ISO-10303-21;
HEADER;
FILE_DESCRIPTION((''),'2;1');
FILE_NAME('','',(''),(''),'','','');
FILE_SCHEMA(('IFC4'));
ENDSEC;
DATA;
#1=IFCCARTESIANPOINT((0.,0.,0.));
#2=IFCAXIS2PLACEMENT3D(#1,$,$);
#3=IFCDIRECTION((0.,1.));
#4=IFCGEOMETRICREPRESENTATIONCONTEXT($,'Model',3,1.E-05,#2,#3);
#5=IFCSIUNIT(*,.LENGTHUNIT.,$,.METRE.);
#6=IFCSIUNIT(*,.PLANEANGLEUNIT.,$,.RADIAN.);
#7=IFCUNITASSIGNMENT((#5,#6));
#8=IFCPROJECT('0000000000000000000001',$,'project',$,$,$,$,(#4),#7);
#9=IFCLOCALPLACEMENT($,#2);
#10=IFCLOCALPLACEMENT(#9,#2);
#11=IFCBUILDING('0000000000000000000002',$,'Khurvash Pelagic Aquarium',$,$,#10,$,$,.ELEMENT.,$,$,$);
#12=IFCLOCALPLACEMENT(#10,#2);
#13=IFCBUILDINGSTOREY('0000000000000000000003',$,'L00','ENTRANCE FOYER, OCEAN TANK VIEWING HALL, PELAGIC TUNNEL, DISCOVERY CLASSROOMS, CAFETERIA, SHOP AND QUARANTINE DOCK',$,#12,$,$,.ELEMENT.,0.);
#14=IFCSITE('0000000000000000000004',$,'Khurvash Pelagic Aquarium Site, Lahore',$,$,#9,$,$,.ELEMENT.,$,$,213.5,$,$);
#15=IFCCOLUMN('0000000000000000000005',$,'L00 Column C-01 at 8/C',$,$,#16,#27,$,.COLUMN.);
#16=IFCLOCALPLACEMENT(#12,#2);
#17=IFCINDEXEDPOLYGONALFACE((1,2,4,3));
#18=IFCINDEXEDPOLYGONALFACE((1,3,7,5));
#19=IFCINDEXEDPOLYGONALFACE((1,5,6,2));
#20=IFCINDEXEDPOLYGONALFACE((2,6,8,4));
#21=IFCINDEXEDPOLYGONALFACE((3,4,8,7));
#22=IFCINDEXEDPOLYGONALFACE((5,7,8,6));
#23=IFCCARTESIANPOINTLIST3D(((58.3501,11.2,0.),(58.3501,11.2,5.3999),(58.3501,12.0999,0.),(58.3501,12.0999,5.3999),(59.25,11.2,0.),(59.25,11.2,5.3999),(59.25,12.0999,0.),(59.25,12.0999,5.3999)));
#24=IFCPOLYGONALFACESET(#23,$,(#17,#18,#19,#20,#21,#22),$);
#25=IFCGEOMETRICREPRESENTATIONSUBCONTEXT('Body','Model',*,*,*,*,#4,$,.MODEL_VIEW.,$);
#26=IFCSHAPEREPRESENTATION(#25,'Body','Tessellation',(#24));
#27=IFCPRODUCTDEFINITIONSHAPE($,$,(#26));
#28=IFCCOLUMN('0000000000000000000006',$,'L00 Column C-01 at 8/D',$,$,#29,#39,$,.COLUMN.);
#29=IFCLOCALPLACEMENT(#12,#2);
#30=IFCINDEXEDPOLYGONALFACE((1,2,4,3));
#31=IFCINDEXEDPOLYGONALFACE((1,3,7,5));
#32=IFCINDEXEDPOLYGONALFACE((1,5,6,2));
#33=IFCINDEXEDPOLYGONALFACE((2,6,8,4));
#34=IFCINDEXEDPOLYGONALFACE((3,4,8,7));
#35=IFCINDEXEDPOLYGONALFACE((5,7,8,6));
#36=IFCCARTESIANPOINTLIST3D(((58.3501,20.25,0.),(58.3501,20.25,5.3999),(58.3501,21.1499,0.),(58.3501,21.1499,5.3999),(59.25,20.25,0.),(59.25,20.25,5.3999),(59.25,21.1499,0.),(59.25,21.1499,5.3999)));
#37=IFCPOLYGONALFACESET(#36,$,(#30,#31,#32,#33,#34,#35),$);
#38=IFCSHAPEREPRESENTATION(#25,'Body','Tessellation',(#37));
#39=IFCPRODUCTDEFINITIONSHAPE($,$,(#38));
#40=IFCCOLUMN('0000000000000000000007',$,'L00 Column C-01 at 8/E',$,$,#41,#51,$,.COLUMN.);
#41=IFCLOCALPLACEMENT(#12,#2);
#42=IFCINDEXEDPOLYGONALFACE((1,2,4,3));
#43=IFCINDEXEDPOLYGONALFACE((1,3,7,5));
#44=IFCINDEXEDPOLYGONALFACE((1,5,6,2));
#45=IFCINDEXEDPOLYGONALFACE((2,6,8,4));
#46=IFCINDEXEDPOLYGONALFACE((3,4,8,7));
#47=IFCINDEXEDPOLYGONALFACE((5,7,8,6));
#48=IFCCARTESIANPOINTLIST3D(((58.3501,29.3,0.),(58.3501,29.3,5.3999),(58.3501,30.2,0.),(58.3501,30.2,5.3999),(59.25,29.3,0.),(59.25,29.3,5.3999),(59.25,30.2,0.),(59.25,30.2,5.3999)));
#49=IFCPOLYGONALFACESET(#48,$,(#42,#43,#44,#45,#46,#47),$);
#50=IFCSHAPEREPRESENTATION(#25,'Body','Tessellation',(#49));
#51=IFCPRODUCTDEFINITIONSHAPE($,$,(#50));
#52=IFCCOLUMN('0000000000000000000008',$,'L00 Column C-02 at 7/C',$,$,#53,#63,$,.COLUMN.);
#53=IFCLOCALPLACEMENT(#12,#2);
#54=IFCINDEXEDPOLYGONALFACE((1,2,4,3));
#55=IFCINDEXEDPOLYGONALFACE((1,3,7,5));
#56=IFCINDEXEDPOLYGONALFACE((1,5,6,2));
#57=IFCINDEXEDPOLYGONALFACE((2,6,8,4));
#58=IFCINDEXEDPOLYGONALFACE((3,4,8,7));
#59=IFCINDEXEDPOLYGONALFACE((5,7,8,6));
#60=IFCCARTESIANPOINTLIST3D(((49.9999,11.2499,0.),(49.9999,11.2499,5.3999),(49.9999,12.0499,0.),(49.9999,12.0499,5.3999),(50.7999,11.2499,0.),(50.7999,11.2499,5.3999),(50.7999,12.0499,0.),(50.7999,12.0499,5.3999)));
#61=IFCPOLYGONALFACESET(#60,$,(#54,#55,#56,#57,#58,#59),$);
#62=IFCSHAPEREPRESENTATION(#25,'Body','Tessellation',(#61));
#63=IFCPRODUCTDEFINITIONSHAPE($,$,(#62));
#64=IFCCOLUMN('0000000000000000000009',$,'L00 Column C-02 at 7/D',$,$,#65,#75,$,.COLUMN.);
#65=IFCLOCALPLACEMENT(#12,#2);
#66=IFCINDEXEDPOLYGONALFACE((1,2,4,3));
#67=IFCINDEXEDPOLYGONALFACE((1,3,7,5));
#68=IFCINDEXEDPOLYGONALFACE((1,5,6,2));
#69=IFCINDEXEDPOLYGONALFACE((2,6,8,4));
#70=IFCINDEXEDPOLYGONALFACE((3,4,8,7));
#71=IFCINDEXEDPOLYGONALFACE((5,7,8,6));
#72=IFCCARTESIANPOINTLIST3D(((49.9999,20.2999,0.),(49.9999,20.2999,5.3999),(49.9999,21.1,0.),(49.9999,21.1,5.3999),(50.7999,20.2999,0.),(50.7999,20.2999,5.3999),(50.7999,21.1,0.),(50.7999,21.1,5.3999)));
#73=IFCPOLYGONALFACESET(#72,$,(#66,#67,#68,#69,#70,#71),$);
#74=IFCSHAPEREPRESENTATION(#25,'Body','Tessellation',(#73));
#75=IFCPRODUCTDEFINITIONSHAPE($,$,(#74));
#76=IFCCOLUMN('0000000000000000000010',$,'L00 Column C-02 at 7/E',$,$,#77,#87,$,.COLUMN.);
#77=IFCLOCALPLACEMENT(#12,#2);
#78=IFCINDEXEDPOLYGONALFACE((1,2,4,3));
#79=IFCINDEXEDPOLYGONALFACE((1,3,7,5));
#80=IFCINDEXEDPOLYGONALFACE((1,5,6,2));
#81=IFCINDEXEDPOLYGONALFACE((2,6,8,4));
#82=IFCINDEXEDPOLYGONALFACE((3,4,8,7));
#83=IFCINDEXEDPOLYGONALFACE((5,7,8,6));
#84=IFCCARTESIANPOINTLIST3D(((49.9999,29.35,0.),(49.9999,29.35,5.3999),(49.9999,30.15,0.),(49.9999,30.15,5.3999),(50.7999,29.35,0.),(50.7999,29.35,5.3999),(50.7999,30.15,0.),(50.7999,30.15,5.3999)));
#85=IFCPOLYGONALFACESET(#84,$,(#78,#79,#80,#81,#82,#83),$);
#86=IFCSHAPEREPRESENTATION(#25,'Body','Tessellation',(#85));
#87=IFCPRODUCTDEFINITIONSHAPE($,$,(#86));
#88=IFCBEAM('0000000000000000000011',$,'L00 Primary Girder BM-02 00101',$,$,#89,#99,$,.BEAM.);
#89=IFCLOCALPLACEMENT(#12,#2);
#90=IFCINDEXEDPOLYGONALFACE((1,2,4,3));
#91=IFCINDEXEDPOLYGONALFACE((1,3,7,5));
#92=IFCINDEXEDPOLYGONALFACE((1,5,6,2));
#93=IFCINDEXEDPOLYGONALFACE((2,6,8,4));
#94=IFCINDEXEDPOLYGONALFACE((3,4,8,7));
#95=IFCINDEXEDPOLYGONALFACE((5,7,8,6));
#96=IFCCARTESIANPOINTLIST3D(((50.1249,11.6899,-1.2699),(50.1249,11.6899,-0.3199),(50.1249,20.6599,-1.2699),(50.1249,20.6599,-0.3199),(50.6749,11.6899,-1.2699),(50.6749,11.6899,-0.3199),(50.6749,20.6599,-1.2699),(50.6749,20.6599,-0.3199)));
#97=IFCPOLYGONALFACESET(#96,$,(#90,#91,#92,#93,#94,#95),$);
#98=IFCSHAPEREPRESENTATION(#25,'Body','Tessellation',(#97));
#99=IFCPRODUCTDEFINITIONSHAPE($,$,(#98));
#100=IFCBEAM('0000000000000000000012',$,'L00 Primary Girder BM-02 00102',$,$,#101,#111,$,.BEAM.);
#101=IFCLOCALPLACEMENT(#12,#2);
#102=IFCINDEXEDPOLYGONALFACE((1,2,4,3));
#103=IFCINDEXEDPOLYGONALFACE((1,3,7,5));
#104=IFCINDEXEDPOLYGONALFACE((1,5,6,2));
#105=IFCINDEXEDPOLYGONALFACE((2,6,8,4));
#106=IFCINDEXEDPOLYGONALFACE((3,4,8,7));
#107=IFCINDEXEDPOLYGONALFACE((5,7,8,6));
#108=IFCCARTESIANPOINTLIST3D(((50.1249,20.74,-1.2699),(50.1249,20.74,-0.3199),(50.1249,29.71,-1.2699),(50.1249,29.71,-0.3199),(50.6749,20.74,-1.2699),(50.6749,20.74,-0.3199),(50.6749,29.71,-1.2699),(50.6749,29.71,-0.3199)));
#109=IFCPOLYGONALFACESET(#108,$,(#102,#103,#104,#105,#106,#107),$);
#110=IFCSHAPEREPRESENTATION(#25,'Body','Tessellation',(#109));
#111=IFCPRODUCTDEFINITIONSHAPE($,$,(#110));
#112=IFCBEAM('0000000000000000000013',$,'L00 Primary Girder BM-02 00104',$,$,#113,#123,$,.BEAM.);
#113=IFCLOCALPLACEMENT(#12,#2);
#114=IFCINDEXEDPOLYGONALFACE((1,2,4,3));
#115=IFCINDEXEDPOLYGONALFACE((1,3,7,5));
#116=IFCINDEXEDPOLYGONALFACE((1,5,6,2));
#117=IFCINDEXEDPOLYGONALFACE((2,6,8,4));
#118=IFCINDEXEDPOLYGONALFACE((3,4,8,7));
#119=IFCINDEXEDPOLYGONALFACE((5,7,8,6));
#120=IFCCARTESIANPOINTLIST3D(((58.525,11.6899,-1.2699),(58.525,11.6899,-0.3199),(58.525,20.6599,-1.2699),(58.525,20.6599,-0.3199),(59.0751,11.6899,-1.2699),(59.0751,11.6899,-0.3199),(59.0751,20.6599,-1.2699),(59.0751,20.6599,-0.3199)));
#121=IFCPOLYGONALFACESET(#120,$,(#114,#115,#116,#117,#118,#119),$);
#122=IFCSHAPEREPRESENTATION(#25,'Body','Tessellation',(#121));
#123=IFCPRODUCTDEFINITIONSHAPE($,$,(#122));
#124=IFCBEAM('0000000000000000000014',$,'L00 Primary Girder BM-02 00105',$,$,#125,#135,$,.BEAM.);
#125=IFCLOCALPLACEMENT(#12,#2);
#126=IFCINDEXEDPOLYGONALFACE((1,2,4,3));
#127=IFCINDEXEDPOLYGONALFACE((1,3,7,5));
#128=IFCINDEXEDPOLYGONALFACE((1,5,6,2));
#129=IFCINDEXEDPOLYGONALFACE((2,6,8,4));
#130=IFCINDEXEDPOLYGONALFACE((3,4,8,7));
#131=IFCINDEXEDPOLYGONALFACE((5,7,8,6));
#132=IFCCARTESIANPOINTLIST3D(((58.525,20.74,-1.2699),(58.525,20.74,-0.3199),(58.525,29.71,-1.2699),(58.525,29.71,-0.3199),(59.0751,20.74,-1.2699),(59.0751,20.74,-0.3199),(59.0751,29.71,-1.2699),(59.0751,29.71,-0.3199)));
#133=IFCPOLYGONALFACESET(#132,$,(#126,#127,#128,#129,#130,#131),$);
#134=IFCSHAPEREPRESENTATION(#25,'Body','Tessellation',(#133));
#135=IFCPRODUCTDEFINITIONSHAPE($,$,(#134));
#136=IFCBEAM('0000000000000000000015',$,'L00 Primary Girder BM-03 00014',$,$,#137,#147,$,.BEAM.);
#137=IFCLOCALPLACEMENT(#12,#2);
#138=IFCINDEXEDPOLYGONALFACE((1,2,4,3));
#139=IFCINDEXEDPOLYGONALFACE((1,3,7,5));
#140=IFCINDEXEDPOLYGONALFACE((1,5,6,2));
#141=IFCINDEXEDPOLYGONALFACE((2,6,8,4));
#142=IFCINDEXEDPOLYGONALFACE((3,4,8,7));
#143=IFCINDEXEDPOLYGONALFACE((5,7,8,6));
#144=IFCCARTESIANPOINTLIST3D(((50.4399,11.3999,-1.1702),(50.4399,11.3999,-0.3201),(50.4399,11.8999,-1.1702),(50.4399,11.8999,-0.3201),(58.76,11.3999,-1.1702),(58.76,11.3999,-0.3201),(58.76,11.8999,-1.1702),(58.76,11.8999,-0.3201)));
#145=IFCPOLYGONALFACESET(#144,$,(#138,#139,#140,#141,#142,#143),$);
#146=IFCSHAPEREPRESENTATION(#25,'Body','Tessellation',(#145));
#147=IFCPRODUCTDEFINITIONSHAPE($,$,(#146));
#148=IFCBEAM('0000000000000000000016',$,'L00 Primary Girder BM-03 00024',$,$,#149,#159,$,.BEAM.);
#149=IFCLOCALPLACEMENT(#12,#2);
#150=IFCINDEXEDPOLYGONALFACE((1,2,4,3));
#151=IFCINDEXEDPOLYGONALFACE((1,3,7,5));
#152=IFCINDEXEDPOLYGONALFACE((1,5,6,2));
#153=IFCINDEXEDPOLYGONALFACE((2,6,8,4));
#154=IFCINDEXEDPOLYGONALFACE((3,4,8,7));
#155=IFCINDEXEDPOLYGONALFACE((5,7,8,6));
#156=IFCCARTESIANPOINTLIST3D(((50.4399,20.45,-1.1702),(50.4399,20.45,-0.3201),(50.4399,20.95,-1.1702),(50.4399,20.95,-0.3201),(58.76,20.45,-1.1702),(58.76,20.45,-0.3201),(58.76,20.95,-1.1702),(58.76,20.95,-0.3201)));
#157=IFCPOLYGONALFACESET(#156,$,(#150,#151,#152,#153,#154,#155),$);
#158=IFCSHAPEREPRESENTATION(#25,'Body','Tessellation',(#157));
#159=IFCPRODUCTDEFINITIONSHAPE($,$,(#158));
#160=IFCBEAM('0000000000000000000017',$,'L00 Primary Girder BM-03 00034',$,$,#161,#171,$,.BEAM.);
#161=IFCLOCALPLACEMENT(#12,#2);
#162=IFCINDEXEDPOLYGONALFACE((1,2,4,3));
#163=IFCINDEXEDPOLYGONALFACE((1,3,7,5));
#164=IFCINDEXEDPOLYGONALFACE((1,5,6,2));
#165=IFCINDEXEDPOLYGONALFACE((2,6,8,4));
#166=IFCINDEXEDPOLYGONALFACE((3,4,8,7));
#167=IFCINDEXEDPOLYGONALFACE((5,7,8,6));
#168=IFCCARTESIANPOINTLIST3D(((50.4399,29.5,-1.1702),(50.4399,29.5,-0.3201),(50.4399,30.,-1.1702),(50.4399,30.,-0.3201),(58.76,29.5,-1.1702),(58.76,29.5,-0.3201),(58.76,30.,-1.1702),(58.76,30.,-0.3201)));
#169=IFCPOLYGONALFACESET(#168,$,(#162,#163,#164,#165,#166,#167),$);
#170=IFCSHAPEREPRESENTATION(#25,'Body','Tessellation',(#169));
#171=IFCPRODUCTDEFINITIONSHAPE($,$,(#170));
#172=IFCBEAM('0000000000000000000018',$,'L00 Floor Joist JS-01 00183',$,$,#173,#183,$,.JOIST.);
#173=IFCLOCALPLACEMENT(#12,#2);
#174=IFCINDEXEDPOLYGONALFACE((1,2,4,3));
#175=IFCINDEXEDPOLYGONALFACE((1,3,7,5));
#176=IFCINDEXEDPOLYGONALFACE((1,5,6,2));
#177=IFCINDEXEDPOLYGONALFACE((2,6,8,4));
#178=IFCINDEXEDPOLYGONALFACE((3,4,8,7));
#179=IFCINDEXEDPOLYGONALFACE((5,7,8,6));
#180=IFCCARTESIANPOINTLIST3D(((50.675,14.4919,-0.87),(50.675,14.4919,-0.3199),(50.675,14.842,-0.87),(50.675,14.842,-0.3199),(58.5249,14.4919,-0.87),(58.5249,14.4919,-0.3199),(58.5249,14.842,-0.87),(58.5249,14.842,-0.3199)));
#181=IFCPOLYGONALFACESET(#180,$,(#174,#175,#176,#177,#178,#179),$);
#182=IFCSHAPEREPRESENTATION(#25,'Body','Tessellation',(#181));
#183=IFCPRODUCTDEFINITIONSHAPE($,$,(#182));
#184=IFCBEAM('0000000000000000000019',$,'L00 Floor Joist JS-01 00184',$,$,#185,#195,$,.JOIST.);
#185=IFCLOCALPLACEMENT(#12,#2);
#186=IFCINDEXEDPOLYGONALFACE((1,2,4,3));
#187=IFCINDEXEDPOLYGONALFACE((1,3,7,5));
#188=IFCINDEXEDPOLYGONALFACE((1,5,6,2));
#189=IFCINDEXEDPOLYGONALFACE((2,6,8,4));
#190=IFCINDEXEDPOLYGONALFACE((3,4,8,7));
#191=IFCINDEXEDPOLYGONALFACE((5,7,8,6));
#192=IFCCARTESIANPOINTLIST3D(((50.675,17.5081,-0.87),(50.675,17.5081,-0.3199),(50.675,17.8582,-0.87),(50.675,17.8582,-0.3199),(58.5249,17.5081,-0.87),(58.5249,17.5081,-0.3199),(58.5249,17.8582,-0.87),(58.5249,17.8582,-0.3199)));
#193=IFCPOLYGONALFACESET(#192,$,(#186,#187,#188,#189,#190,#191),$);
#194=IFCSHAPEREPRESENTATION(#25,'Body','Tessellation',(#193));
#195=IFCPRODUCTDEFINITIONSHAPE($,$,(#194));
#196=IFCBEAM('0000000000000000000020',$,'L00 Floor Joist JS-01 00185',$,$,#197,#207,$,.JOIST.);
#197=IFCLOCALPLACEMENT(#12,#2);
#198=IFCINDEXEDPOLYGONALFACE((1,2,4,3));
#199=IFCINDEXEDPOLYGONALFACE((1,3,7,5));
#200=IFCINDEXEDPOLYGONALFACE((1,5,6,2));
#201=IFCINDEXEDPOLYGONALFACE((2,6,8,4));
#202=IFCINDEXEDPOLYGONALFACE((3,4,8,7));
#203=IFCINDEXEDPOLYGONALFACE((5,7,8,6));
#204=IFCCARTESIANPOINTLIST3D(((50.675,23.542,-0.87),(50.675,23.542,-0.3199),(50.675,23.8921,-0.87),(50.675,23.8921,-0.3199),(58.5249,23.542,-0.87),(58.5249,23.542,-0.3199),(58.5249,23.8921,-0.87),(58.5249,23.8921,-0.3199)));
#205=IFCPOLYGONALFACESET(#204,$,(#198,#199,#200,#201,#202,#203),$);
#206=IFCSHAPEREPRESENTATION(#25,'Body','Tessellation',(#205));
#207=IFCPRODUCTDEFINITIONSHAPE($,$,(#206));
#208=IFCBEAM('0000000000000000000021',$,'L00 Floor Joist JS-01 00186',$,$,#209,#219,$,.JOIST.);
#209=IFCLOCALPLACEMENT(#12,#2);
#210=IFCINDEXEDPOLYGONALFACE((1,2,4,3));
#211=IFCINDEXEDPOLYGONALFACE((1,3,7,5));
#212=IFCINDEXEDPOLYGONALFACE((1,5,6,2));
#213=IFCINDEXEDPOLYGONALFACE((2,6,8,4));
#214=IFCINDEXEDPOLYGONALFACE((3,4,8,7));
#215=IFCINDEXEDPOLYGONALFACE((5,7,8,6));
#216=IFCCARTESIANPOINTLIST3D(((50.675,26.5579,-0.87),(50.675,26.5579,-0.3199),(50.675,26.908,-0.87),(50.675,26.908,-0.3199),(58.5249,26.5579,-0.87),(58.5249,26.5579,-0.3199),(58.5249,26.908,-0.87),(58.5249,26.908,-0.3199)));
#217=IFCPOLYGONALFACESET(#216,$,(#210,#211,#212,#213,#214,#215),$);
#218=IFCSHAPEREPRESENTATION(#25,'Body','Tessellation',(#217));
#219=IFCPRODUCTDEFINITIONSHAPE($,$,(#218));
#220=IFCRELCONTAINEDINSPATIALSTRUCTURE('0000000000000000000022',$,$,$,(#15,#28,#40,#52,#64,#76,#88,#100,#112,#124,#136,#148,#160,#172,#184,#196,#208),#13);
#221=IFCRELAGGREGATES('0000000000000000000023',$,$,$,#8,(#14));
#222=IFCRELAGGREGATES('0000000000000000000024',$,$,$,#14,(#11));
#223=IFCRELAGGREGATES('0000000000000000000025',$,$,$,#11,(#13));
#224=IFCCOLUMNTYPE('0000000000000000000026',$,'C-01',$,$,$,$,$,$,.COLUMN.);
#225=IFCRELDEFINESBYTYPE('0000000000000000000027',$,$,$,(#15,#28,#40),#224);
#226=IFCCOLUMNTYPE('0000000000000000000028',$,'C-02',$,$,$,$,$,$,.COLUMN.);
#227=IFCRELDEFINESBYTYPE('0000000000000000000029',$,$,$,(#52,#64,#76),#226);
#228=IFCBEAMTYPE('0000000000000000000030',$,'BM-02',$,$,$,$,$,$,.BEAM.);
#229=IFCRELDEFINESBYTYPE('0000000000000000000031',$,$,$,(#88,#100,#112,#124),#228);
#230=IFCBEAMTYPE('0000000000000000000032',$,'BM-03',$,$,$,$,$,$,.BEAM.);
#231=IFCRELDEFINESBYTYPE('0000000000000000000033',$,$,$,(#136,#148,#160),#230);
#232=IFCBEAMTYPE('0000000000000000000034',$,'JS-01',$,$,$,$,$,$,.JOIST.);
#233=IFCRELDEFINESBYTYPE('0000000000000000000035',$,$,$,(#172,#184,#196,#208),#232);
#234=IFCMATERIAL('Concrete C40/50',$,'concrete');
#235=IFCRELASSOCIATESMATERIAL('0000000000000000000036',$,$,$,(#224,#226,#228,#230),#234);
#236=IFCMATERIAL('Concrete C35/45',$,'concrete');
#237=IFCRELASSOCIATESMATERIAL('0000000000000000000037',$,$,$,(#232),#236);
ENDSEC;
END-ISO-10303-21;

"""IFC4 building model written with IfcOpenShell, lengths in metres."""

from ifc_helpers import new_model, si_unit, direction, frame, origin, origin_2d, place, context, subcontext, project, spatial, rectangle, extrude, material, material_profile, profile_set, type_object, element, save


model = new_model("IFC4")

# Units and contexts
model_context = context("Model", 3, precision=1e-05, world=origin(), true_north=direction((0.0, 1.0)))
body_context = subcontext(model_context, "Body", "Model", "MODEL_VIEW")
ifc_project = project(units=[si_unit("LENGTHUNIT", "METRE"), si_unit("PLANEANGLEUNIT", "RADIAN")], contexts=[model_context])

# Site, building, storey
site_placement = place(None, origin())
site = spatial("IfcSite", under=ifc_project, at=site_placement, Name="Khurvash Pelagic Aquarium Site, Lahore", CompositionType="ELEMENT", RefElevation=213.5)
building_placement = place(site_placement, origin())
building = spatial("IfcBuilding", under=site, at=building_placement, Name="Khurvash Pelagic Aquarium", CompositionType="ELEMENT")
storey_placement = place(building_placement, origin())
storey = spatial("IfcBuildingStorey", under=building, at=storey_placement, Name="L00", Description="ENTRANCE FOYER, OCEAN TANK VIEWING HALL, PELAGIC TUNNEL, DISCOVERY CLASSROOMS, CAFETERIA, SHOP AND QUARANTINE DOCK", CompositionType="ELEMENT", Elevation=0.0)

# Columns
ifc_material_1 = material(Name="Concrete C40/50", Category="concrete")
ifc_material_profile_1 = material_profile(ifc_material_1, rectangle(XDim=0.8999, YDim=0.8999, at=origin_2d()), Name="RC900X900")
ifc_profile_set_1 = profile_set([ifc_material_profile_1], Name="Concrete C40/50")
column_type_1 = type_object("IfcColumnType", Name="C-01", PredefinedType="COLUMN", material=ifc_profile_set_1)
for number, where, z_axis, x_axis, name in (
    (1, (58.8, 11.6499, 0.0), (0.0, 0.0, 1.0), (1.0, 0.0, 0.0), "L00 Column C-01 at 8/C"),
    (2, (58.8, 20.7, 0.0), (0.0, 0.0, 1.0), (1.0, 0.0, 0.0), "L00 Column C-01 at 8/D"),
    (3, (58.8, 29.75, 0.0), (0.0, 0.0, 1.0), (1.0, 0.0, 0.0), "L00 Column C-01 at 8/E"),
):
    element("IfcColumn", number, at=place(storey_placement, frame(where, z_axis=z_axis, x_axis=x_axis)), inside=storey, type_object=column_type_1, Name=name, PredefinedType="COLUMN", context=body_context, shape_type="SweptSolid", body=[
        extrude(rectangle(XDim=0.8999, YDim=0.8999, at=origin_2d()), origin(), (0.0, 0.0, 1.0), 5.3999),
    ])
ifc_material_profile_2 = material_profile(ifc_material_1, rectangle(XDim=0.8, YDim=0.8, at=origin_2d()), Name="RC800X800")
ifc_profile_set_2 = profile_set([ifc_material_profile_2], Name="Concrete C40/50")
column_type_2 = type_object("IfcColumnType", Name="C-02", PredefinedType="COLUMN", material=ifc_profile_set_2)
for number, where, z_axis, x_axis, name in (
    (4, (50.3999, 11.6499, 0.0), (0.0, 0.0, 1.0), (1.0, 0.0, 0.0), "L00 Column C-02 at 7/C"),
    (5, (50.3999, 20.7, 0.0), (0.0, 0.0, 1.0), (1.0, 0.0, 0.0), "L00 Column C-02 at 7/D"),
    (6, (50.3999, 29.75, 0.0), (0.0, 0.0, 1.0), (1.0, 0.0, 0.0), "L00 Column C-02 at 7/E"),
):
    element("IfcColumn", number, at=place(storey_placement, frame(where, z_axis=z_axis, x_axis=x_axis)), inside=storey, type_object=column_type_2, Name=name, PredefinedType="COLUMN", context=body_context, shape_type="SweptSolid", body=[
        extrude(rectangle(XDim=0.8, YDim=0.8, at=origin_2d()), origin(), (0.0, 0.0, 1.0), 5.3999),
    ])

# Beams
ifc_material_profile_3 = material_profile(ifc_material_1, rectangle(XDim=0.55, YDim=0.95, at=origin_2d()), Name="RC550X950")
ifc_profile_set_3 = profile_set([ifc_material_profile_3], Name="Concrete C40/50")
beam_type_1 = type_object("IfcBeamType", Name="BM-02", PredefinedType="BEAM", material=ifc_profile_set_3)
for number, where, z_axis, x_axis, name in (
    (7, (50.3999, 11.6899, -0.7949), (0.0, 1.0, 0.0), (-1.0, 0.0, 0.0), "L00 Primary Girder BM-02 00101"),
    (8, (50.3999, 20.74, -0.7949), (0.0, 1.0, 0.0), (-1.0, 0.0, 0.0), "L00 Primary Girder BM-02 00102"),
    (9, (58.8, 11.6899, -0.7949), (0.0, 1.0, 0.0), (-1.0, 0.0, 0.0), "L00 Primary Girder BM-02 00104"),
    (10, (58.8, 20.74, -0.7949), (0.0, 1.0, 0.0), (-1.0, 0.0, 0.0), "L00 Primary Girder BM-02 00105"),
):
    element("IfcBeam", number, at=place(storey_placement, frame(where, z_axis=z_axis, x_axis=x_axis)), inside=storey, type_object=beam_type_1, Name=name, PredefinedType="BEAM", context=body_context, shape_type="SweptSolid", body=[
        extrude(rectangle(XDim=0.55, YDim=0.95, at=origin_2d()), origin(), (0.0, 0.0, 1.0), 8.97),
    ])
ifc_material_profile_4 = material_profile(ifc_material_1, rectangle(XDim=0.5, YDim=0.8501, at=origin_2d()), Name="RC500X850")
ifc_profile_set_4 = profile_set([ifc_material_profile_4], Name="Concrete C40/50")
beam_type_2 = type_object("IfcBeamType", Name="BM-03", PredefinedType="BEAM", material=ifc_profile_set_4)
for number, where, z_axis, x_axis, name in (
    (11, (50.4399, 11.6499, -0.7451), (1.0, 0.0, 0.0), (0.0, 1.0, 0.0), "L00 Primary Girder BM-03 00014"),
    (12, (50.4399, 20.7, -0.7451), (1.0, 0.0, 0.0), (0.0, 1.0, 0.0), "L00 Primary Girder BM-03 00024"),
    (13, (50.4399, 29.75, -0.7451), (1.0, 0.0, 0.0), (0.0, 1.0, 0.0), "L00 Primary Girder BM-03 00034"),
):
    element("IfcBeam", number, at=place(storey_placement, frame(where, z_axis=z_axis, x_axis=x_axis)), inside=storey, type_object=beam_type_2, Name=name, PredefinedType="BEAM", context=body_context, shape_type="SweptSolid", body=[
        extrude(rectangle(XDim=0.5, YDim=0.8501, at=origin_2d()), origin(), (0.0, 0.0, 1.0), 8.3201),
    ])
ifc_material_2 = material(Name="Concrete C35/45", Category="concrete")
ifc_material_profile_5 = material_profile(ifc_material_2, rectangle(XDim=0.3501, YDim=0.55, at=origin_2d()), Name="RC350X550")
ifc_profile_set_5 = profile_set([ifc_material_profile_5], Name="Concrete C35/45")
beam_type_3 = type_object("IfcBeamType", Name="JS-01", PredefinedType="JOIST", material=ifc_profile_set_5)
for number, where, z_axis, x_axis, name in (
    (14, (50.675, 14.667, -0.595), (1.0, 0.0, 0.0), (0.0, 1.0, 0.0), "L00 Floor Joist JS-01 00183"),
    (15, (50.675, 17.6831, -0.595), (1.0, 0.0, 0.0), (0.0, 1.0, 0.0), "L00 Floor Joist JS-01 00184"),
    (16, (50.675, 23.717, -0.595), (1.0, 0.0, 0.0), (0.0, 1.0, 0.0), "L00 Floor Joist JS-01 00185"),
    (17, (50.675, 26.7329, -0.595), (1.0, 0.0, 0.0), (0.0, 1.0, 0.0), "L00 Floor Joist JS-01 00186"),
):
    element("IfcBeam", number, at=place(storey_placement, frame(where, z_axis=z_axis, x_axis=x_axis)), inside=storey, type_object=beam_type_3, Name=name, PredefinedType="JOIST", context=body_context, shape_type="SweptSolid", body=[
        extrude(rectangle(XDim=0.3501, YDim=0.55, at=origin_2d()), origin(), (0.0, 0.0, 1.0), 7.8499),
    ])

save(model, "model.ifc")
